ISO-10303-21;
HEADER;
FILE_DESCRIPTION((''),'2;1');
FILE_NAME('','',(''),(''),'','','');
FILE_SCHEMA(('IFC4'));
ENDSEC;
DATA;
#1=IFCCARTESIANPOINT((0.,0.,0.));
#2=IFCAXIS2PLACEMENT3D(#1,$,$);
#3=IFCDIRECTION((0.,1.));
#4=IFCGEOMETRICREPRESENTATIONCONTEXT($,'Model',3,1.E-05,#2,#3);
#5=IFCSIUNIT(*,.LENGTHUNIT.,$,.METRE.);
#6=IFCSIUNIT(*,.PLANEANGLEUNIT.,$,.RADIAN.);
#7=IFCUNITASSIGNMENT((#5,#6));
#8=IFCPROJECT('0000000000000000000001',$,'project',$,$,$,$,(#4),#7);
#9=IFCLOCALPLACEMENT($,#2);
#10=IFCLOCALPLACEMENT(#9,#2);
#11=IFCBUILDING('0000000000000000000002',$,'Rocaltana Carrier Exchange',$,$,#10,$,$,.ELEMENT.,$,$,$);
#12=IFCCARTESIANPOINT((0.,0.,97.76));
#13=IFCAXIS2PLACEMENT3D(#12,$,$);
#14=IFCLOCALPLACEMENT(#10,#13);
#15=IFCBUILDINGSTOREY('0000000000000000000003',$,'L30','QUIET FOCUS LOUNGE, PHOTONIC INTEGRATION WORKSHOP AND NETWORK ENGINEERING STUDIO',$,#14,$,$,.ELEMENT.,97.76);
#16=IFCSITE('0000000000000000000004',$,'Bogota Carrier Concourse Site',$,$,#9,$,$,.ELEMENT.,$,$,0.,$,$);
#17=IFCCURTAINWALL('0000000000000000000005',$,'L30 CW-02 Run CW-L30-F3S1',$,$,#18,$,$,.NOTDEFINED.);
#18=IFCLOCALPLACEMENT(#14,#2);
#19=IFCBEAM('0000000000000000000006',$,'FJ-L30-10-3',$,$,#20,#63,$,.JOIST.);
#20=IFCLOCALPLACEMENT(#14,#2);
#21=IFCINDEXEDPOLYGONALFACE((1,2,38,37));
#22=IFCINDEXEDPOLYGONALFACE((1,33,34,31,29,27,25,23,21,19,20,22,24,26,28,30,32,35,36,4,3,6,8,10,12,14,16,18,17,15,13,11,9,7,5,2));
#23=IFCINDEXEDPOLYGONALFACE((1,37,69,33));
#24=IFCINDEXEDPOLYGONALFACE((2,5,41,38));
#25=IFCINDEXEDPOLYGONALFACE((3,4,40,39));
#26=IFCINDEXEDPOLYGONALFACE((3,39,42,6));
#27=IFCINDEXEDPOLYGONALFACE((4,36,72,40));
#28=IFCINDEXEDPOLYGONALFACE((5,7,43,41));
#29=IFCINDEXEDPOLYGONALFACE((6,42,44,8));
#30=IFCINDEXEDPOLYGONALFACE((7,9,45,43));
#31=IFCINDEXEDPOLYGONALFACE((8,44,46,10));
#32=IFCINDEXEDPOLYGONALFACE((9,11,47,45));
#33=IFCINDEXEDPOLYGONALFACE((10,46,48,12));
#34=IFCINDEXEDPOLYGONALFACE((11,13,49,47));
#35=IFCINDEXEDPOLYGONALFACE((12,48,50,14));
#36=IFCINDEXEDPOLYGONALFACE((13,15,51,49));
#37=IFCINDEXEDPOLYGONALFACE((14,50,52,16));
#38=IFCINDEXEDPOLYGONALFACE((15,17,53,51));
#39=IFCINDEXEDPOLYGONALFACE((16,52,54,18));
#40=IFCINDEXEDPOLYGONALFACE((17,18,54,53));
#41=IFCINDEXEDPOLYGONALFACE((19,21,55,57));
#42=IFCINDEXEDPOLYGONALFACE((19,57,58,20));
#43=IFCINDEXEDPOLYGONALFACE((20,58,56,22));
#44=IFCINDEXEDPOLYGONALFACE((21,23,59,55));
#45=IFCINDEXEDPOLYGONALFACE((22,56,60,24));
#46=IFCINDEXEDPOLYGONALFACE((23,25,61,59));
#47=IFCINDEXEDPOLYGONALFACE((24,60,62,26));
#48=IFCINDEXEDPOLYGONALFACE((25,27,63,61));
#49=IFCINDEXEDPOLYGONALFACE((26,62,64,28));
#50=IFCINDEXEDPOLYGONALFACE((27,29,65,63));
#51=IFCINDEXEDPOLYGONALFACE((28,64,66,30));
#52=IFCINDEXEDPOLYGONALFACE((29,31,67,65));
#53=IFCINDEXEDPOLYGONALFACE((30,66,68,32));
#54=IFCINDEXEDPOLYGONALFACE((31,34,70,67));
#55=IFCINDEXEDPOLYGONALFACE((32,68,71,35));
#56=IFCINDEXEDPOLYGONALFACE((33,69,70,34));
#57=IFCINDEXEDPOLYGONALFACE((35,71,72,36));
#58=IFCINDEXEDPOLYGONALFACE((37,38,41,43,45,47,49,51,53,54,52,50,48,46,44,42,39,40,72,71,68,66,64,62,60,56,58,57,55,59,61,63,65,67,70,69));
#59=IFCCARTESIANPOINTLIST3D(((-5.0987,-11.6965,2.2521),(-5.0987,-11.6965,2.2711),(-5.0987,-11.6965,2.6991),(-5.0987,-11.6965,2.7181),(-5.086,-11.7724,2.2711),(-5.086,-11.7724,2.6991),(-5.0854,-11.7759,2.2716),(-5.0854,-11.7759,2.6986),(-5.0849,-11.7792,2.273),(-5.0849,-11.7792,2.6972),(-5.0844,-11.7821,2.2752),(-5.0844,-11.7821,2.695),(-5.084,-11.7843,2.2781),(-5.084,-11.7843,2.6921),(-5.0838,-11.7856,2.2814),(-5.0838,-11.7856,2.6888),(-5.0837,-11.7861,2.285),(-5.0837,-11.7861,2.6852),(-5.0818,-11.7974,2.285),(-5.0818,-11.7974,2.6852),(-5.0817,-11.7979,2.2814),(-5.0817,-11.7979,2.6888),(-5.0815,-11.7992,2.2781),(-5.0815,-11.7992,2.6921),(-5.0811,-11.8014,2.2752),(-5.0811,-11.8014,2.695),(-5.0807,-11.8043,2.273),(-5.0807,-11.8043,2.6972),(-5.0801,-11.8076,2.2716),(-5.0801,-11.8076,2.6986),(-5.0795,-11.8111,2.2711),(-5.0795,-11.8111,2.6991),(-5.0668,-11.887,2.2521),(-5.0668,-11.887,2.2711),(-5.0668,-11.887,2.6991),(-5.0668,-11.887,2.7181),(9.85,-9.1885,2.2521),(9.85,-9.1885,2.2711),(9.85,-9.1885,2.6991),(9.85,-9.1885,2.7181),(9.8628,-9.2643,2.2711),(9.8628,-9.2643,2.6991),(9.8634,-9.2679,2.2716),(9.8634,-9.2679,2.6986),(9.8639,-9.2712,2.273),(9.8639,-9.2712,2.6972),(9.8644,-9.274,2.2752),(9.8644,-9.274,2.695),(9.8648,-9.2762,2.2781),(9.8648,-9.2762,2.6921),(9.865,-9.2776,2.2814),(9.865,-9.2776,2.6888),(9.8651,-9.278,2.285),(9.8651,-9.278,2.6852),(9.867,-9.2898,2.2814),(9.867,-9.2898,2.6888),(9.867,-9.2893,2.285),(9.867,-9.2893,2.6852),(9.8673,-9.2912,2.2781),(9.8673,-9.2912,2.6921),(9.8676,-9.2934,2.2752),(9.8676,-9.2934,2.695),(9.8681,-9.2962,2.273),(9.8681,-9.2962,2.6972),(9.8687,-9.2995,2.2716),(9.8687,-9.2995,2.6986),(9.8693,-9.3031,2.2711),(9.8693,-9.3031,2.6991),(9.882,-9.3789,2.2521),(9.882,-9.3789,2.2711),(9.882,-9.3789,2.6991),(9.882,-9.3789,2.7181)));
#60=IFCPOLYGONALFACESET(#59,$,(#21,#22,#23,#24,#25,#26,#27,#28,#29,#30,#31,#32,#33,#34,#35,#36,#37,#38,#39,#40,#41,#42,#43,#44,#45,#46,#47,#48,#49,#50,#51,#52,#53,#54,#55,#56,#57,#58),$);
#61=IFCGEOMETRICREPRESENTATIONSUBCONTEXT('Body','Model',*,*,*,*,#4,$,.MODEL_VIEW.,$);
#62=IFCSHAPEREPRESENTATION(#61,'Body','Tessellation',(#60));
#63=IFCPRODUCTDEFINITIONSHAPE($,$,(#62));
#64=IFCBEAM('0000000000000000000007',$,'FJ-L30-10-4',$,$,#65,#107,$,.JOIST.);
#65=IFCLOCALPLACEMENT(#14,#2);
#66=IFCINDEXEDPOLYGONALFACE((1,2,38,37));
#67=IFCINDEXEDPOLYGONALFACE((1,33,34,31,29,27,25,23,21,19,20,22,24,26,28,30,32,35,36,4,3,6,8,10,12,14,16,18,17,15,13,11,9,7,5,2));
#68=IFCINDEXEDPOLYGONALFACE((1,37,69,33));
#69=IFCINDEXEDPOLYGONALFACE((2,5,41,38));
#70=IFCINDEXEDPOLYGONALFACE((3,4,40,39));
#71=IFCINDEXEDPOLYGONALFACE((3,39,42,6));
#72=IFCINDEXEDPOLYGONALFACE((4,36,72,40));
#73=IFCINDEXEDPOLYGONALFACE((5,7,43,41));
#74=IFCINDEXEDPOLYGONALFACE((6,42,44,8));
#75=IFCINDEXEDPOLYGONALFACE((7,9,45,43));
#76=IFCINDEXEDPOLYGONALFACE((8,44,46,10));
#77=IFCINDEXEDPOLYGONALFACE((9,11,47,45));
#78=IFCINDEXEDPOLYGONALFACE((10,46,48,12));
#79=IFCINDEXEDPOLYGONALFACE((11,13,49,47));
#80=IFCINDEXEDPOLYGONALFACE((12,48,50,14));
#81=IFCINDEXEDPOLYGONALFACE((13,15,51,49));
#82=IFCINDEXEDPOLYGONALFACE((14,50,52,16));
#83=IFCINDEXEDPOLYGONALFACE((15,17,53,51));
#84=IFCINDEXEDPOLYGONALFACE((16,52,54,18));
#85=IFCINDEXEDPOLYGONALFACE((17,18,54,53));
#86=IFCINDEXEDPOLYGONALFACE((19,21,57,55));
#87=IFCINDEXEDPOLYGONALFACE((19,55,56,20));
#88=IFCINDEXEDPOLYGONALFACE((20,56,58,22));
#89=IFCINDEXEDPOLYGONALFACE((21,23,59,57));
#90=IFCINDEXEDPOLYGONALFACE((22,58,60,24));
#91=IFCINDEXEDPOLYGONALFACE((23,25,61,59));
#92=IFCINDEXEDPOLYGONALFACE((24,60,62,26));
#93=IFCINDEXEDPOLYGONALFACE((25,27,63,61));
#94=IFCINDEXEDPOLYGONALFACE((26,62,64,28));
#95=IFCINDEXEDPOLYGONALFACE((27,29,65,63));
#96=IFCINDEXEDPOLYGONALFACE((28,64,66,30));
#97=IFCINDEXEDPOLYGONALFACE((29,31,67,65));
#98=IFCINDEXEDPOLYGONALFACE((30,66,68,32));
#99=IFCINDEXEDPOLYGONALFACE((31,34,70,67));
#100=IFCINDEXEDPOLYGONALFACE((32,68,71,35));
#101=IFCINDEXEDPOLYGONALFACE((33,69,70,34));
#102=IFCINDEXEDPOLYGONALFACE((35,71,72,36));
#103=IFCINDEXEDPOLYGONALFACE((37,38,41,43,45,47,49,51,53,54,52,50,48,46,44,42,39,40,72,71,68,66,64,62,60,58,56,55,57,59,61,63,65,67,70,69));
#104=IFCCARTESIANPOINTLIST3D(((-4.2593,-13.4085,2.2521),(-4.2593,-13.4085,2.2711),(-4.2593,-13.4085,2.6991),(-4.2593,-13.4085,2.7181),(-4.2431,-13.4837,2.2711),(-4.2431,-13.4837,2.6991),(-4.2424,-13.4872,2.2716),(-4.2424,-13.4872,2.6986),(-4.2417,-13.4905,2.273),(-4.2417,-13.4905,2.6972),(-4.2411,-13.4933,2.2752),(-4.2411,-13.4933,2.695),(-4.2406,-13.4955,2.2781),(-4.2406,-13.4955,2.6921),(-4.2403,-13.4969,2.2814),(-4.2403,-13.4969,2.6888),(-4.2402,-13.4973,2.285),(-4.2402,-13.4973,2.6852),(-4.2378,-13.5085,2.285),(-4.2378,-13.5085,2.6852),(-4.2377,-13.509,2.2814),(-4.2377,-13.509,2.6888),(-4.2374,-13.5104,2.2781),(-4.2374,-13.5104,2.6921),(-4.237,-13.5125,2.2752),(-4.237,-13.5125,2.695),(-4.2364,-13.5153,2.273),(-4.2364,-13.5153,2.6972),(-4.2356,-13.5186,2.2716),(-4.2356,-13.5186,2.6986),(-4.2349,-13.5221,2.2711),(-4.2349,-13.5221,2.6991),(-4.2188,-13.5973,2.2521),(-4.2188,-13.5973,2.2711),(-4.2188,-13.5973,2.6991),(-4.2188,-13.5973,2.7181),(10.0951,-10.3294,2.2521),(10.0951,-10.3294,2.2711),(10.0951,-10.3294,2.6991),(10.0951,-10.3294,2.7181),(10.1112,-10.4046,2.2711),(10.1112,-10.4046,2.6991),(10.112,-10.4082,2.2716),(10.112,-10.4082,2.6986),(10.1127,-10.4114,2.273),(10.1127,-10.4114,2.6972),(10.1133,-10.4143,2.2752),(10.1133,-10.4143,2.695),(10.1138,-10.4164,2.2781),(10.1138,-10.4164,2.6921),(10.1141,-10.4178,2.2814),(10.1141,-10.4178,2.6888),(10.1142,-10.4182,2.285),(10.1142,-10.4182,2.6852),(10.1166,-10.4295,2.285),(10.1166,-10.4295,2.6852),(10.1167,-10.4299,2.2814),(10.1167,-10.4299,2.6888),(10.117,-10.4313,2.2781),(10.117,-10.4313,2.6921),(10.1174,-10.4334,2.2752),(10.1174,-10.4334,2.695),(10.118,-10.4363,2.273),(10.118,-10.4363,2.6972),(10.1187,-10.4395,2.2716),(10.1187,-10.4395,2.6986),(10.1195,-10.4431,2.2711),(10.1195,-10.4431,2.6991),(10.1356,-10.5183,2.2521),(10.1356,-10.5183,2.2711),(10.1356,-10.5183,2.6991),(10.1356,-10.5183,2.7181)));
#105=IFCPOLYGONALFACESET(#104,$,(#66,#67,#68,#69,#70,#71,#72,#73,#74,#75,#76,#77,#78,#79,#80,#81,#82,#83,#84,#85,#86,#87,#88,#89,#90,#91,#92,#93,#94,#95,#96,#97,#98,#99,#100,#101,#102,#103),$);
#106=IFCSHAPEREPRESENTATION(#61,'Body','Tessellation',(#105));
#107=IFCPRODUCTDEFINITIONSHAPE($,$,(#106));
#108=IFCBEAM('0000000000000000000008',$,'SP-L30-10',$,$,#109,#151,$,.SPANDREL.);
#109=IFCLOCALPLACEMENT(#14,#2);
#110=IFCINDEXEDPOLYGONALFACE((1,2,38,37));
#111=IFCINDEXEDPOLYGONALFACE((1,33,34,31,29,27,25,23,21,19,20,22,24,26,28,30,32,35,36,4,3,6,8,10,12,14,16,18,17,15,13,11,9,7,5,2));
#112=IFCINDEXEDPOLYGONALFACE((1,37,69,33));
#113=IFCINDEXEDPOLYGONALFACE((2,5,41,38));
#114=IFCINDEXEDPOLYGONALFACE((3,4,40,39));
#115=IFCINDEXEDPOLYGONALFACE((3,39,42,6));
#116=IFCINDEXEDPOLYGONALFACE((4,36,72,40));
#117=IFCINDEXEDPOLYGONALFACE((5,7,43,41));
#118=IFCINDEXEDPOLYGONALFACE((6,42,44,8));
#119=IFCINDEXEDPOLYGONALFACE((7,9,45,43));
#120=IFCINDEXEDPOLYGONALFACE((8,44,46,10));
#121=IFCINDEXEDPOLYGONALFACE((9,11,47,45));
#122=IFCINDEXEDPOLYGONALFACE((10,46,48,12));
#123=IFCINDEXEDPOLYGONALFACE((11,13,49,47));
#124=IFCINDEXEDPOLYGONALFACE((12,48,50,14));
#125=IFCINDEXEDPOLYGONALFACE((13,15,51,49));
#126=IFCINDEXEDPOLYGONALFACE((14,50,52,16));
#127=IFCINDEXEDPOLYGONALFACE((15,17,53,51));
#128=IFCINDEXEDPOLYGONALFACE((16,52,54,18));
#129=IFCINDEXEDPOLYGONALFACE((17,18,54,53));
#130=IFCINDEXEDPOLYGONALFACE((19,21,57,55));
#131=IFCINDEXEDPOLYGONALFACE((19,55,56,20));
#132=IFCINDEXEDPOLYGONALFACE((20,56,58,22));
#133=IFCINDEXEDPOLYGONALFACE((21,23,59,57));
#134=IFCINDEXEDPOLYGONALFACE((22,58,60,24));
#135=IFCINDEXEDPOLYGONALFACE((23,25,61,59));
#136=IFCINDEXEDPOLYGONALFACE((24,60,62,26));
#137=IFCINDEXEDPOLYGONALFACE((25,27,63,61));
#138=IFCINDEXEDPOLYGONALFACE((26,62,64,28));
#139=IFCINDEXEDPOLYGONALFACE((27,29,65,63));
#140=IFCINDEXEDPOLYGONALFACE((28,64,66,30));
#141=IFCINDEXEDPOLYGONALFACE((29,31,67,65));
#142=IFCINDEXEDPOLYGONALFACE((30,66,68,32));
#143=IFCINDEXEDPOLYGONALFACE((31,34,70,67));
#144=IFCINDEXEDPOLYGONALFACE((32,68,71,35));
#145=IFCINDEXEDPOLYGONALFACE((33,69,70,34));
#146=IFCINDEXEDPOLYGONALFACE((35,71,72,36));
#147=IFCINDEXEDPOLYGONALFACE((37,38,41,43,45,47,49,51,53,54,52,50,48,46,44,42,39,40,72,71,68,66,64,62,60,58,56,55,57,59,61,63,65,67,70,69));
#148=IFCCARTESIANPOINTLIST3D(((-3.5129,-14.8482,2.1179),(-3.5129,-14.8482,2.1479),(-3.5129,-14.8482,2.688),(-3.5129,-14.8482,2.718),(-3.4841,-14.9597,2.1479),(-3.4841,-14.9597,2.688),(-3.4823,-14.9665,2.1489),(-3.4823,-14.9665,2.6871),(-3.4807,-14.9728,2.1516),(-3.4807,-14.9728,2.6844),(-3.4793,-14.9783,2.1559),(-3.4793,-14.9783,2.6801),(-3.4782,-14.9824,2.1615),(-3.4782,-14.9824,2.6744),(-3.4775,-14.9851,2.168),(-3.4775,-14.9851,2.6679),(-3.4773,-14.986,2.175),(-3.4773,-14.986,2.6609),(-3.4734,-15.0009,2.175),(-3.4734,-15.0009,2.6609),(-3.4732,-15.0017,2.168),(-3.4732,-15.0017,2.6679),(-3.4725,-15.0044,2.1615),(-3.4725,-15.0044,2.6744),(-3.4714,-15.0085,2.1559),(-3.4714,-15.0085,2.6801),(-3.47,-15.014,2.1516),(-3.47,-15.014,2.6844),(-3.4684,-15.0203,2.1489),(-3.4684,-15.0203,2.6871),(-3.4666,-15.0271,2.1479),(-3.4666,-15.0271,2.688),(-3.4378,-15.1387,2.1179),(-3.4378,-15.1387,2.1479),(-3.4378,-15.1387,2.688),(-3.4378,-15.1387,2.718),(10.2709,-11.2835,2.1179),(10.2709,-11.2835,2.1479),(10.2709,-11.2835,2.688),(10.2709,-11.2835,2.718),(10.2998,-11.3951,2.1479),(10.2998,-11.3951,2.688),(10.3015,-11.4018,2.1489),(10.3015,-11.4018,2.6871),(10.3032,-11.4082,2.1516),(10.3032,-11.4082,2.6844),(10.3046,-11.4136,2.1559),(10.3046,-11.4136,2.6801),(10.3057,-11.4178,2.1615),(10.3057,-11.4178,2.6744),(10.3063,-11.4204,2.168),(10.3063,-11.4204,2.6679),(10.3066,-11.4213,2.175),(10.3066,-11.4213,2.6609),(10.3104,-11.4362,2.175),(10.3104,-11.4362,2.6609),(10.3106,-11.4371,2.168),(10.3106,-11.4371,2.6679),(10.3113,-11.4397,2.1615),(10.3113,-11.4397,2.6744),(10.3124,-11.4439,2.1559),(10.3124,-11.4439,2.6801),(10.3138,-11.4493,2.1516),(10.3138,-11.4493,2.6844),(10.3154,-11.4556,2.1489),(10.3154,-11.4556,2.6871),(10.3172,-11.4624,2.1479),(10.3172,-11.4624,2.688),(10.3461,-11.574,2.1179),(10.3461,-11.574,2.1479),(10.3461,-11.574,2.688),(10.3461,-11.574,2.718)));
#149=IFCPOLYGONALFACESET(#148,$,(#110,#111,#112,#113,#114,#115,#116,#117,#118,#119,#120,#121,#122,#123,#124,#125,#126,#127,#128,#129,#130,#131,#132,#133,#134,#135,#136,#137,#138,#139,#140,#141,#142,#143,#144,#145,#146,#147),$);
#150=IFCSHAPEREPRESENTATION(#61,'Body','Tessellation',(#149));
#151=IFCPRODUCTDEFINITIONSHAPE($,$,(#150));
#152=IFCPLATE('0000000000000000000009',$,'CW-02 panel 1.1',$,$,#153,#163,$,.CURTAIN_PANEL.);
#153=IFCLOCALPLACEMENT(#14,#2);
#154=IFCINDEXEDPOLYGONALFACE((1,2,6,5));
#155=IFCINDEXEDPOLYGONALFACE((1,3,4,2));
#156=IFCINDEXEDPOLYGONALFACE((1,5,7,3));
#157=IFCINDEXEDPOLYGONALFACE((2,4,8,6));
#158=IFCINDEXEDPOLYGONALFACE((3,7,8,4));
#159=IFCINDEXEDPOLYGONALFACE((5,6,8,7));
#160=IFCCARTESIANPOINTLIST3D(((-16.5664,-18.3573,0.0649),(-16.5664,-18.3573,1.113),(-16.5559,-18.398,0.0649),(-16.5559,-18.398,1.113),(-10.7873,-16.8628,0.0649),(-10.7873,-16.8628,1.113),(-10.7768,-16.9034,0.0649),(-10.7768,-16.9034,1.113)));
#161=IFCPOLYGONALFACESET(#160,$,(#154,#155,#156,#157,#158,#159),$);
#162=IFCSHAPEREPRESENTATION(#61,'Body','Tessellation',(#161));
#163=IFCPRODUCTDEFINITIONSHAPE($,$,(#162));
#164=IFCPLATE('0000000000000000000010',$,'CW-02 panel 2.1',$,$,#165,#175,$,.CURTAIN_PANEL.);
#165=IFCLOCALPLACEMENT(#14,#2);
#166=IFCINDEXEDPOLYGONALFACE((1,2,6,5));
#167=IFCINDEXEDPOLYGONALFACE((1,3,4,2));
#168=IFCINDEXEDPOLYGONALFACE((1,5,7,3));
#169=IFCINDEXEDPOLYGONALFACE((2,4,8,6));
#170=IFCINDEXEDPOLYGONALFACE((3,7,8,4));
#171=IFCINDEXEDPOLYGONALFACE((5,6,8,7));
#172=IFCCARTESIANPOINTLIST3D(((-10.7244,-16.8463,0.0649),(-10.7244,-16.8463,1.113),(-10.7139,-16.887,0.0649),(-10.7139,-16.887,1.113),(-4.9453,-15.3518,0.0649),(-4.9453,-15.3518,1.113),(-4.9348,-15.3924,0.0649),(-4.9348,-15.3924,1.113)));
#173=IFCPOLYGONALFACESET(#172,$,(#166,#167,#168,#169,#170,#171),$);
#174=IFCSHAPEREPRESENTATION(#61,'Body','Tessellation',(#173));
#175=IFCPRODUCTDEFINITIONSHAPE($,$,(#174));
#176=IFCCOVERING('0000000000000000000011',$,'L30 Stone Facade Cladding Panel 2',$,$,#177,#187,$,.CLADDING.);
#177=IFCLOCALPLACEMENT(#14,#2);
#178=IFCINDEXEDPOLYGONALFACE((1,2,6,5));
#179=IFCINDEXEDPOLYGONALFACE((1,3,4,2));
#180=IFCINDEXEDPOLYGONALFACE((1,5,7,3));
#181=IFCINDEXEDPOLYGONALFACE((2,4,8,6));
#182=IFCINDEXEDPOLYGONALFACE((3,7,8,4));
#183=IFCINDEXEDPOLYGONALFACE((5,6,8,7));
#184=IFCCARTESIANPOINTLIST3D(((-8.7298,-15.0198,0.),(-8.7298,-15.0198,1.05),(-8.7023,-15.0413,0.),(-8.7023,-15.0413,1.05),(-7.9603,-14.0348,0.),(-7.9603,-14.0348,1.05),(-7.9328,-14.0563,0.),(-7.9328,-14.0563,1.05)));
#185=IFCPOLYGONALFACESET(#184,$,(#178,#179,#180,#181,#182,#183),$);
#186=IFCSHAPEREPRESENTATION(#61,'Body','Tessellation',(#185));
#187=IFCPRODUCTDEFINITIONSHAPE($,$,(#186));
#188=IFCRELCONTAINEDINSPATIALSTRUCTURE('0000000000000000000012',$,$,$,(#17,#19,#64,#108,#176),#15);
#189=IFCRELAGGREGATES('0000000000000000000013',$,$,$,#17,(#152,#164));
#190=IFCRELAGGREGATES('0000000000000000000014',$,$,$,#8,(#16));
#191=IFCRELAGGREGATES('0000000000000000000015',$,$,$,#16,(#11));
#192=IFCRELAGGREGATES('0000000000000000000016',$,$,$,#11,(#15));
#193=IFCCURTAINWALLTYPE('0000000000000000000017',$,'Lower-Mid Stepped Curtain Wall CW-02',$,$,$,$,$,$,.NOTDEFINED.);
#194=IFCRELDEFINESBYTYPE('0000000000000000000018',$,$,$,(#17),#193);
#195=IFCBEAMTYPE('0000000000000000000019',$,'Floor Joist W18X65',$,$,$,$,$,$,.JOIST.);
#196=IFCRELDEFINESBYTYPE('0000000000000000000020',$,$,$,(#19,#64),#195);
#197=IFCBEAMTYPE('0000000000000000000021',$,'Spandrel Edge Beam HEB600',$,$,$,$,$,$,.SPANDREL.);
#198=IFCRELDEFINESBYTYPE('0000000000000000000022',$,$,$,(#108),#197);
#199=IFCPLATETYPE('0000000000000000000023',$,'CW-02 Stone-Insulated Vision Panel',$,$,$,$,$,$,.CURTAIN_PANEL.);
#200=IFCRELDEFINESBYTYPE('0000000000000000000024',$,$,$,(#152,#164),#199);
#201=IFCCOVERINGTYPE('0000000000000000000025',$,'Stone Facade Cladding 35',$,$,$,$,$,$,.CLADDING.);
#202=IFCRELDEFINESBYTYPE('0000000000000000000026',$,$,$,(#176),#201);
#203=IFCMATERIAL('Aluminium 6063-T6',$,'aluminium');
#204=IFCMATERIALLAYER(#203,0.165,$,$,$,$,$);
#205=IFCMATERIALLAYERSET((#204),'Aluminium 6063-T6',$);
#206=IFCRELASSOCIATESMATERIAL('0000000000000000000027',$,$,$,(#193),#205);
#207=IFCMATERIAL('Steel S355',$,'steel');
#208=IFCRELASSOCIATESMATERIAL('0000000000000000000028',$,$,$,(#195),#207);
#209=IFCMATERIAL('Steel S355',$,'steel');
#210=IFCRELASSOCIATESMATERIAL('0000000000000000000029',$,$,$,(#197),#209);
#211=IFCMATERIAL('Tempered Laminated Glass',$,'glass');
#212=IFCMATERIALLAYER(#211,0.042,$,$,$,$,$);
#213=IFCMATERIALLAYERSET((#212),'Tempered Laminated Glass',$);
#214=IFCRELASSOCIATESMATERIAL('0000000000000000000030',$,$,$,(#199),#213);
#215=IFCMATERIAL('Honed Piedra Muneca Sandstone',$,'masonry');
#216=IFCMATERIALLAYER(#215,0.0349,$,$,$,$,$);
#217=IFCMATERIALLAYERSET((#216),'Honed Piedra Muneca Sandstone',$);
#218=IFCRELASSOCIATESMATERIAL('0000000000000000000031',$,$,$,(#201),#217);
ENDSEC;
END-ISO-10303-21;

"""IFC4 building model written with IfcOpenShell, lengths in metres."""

from ifc_helpers import new_model, si_unit, direction, frame, origin, origin_2d, place, context, subcontext, project, spatial, rectangle, i_section, extrude, material, layer, layer_set, material_profile, profile_set, type_object, element, aggregate, save


model = new_model("IFC4")

# Units and contexts
model_context = context("Model", 3, precision=1e-05, world=origin(), true_north=direction((0.0, 1.0)))
body_context = subcontext(model_context, "Body", "Model", "MODEL_VIEW")
ifc_project = project(units=[si_unit("LENGTHUNIT", "METRE"), si_unit("PLANEANGLEUNIT", "RADIAN")], contexts=[model_context])

# Site, building, storey
site_placement = place(None, origin())
site = spatial("IfcSite", under=ifc_project, at=site_placement, Name="Bogota Carrier Concourse Site", CompositionType="ELEMENT", RefElevation=0.0)
building_placement = place(site_placement, origin())
building = spatial("IfcBuilding", under=site, at=building_placement, Name="Rocaltana Carrier Exchange", CompositionType="ELEMENT")
storey_placement = place(building_placement, frame((0.0, 0.0, 97.76)))
storey = spatial("IfcBuildingStorey", under=building, at=storey_placement, Name="L30", Description="QUIET FOCUS LOUNGE, PHOTONIC INTEGRATION WORKSHOP AND NETWORK ENGINEERING STUDIO", CompositionType="ELEMENT", Elevation=97.76)

# Curtain wall
ifc_material_1 = material(Name="Aluminium 6063-T6", Category="aluminium")
ifc_layer_1 = layer(ifc_material_1, 0.165)
ifc_layer_set_1 = layer_set([ifc_layer_1], Name="Aluminium 6063-T6")
curtain_wall_type = type_object("IfcCurtainWallType", Name="Lower-Mid Stepped Curtain Wall CW-02", PredefinedType="NOTDEFINED", material=ifc_layer_set_1)
curtain_wall_1_placement = place(storey_placement, origin())
curtain_wall_1 = element("IfcCurtainWall", 1, at=curtain_wall_1_placement, inside=storey, type_object=curtain_wall_type, Name="L30 CW-02 Run CW-L30-F3S1", PredefinedType="NOTDEFINED")

# Beams
ifc_material_2 = material(Name="Steel S355", Category="steel")
ifc_material_profile_1 = material_profile(ifc_material_2, i_section(OverallWidth=0.1931, OverallDepth=0.4661, WebThickness=0.0115, FlangeThickness=0.019, FilletRadius=0.0139, at=origin_2d()), Name="W18X65")
ifc_profile_set_1 = profile_set([ifc_material_profile_1], Name="Steel S355")
beam_type_1 = type_object("IfcBeamType", Name="Floor Joist W18X65", PredefinedType="JOIST", material=ifc_profile_set_1)
beam_1_placement = place(storey_placement, frame((-5.0828, -11.7917, 2.4851), z_axis=(0.986216, 0.165465, 0.0), x_axis=(-0.165465, 0.986216, 0.0)))
element("IfcBeam", 2, at=beam_1_placement, inside=storey, type_object=beam_type_1, Name="FJ-L30-10-3", PredefinedType="JOIST", context=body_context, shape_type="SweptSolid", body=[
    extrude(i_section(OverallWidth=0.1931, OverallDepth=0.4661, WebThickness=0.0115, FlangeThickness=0.019, FilletRadius=0.0139, at=origin_2d()), origin(), (0.0, 0.0, 1.0), 15.1577),
])
beam_2_placement = place(storey_placement, frame((-4.239, -13.5029, 2.4851), z_axis=(0.977759, 0.209734, 0.0), x_axis=(-0.209734, 0.977759, 0.0)))
element("IfcBeam", 3, at=beam_2_placement, inside=storey, type_object=beam_type_1, Name="FJ-L30-10-4", PredefinedType="JOIST", context=body_context, shape_type="SweptSolid", body=[
    extrude(i_section(OverallWidth=0.1931, OverallDepth=0.4661, WebThickness=0.0115, FlangeThickness=0.019, FilletRadius=0.0139, at=origin_2d()), origin(), (0.0, 0.0, 1.0), 14.6809),
])
ifc_material_3 = material(Name="Steel S355", Category="steel")
ifc_material_profile_2 = material_profile(ifc_material_3, i_section(OverallWidth=0.3, OverallDepth=0.6001, WebThickness=0.0154, FlangeThickness=0.03, FilletRadius=0.0271, at=origin_2d()), Name="HEB600")
ifc_profile_set_2 = profile_set([ifc_material_profile_2], Name="Steel S355")
beam_type_2 = type_object("IfcBeamType", Name="Spandrel Edge Beam HEB600", PredefinedType="SPANDREL", material=ifc_profile_set_2)
beam_3_placement = place(storey_placement, frame((-3.4753, -14.9934, 2.418), z_axis=(0.968149, 0.250375, 0.0), x_axis=(-0.250375, 0.968149, 0.0)))
element("IfcBeam", 4, at=beam_3_placement, inside=storey, type_object=beam_type_2, Name="SP-L30-10", PredefinedType="SPANDREL", context=body_context, shape_type="SweptSolid", body=[
    extrude(i_section(OverallWidth=0.3, OverallDepth=0.6001, WebThickness=0.0154, FlangeThickness=0.03, FilletRadius=0.0271, at=origin_2d()), origin(), (0.0, 0.0, 1.0), 14.2373),
])

# Plates
ifc_material_4 = material(Name="Tempered Laminated Glass", Category="glass")
ifc_layer_2 = layer(ifc_material_4, 0.042)
ifc_layer_set_2 = layer_set([ifc_layer_2], Name="Tempered Laminated Glass")
plate_type = type_object("IfcPlateType", Name="CW-02 Stone-Insulated Vision Panel", PredefinedType="CURTAIN_PANEL", material=ifc_layer_set_2)
plate_1_placement = place(storey_placement, frame((-13.6716, -17.6304, 0.0649), z_axis=(0.0, 0.0, 1.0), x_axis=(0.968148, 0.250378, 0.0)))
plate_1 = element("IfcPlate", 5, at=plate_1_placement, type_object=plate_type, Name="CW-02 panel 1.1", PredefinedType="CURTAIN_PANEL", context=body_context, shape_type="SweptSolid", body=[
    extrude(rectangle(XDim=5.9692, YDim=0.042, at=origin_2d()), origin(), (0.0, 0.0, 1.0), 1.0481),
])
plate_2_placement = place(storey_placement, frame((-7.8296, -16.1194, 0.0649), z_axis=(0.0, 0.0, 1.0), x_axis=(0.968148, 0.250378, 0.0)))
plate_2 = element("IfcPlate", 6, at=plate_2_placement, type_object=plate_type, Name="CW-02 panel 2.1", PredefinedType="CURTAIN_PANEL", context=body_context, shape_type="SweptSolid", body=[
    extrude(rectangle(XDim=5.9692, YDim=0.042, at=origin_2d()), origin(), (0.0, 0.0, 1.0), 1.0481),
])
aggregate(curtain_wall_1, [plate_1, plate_2])

# Covering
ifc_material_5 = material(Name="Honed Piedra Muneca Sandstone", Category="masonry")
ifc_layer_3 = layer(ifc_material_5, 0.0349)
ifc_layer_set_3 = layer_set([ifc_layer_3], Name="Honed Piedra Muneca Sandstone")
covering_type = type_object("IfcCoveringType", Name="Stone Facade Cladding 35", PredefinedType="CLADDING", material=ifc_layer_set_3)
covering_placement = place(storey_placement, frame((-8.3313, -14.5381, 0.0), z_axis=(0.0, 0.0, 1.0), x_axis=(0.615661, 0.788011, 0.0)))
element("IfcCovering", 7, at=covering_placement, inside=storey, type_object=covering_type, Name="L30 Stone Facade Cladding Panel 2", PredefinedType="CLADDING", context=body_context, shape_type="SweptSolid", body=[
    extrude(rectangle(XDim=1.25, YDim=0.0349, at=origin_2d()), origin(), (0.0, 0.0, 1.0), 1.05),
])

save(model, "model.ifc")
